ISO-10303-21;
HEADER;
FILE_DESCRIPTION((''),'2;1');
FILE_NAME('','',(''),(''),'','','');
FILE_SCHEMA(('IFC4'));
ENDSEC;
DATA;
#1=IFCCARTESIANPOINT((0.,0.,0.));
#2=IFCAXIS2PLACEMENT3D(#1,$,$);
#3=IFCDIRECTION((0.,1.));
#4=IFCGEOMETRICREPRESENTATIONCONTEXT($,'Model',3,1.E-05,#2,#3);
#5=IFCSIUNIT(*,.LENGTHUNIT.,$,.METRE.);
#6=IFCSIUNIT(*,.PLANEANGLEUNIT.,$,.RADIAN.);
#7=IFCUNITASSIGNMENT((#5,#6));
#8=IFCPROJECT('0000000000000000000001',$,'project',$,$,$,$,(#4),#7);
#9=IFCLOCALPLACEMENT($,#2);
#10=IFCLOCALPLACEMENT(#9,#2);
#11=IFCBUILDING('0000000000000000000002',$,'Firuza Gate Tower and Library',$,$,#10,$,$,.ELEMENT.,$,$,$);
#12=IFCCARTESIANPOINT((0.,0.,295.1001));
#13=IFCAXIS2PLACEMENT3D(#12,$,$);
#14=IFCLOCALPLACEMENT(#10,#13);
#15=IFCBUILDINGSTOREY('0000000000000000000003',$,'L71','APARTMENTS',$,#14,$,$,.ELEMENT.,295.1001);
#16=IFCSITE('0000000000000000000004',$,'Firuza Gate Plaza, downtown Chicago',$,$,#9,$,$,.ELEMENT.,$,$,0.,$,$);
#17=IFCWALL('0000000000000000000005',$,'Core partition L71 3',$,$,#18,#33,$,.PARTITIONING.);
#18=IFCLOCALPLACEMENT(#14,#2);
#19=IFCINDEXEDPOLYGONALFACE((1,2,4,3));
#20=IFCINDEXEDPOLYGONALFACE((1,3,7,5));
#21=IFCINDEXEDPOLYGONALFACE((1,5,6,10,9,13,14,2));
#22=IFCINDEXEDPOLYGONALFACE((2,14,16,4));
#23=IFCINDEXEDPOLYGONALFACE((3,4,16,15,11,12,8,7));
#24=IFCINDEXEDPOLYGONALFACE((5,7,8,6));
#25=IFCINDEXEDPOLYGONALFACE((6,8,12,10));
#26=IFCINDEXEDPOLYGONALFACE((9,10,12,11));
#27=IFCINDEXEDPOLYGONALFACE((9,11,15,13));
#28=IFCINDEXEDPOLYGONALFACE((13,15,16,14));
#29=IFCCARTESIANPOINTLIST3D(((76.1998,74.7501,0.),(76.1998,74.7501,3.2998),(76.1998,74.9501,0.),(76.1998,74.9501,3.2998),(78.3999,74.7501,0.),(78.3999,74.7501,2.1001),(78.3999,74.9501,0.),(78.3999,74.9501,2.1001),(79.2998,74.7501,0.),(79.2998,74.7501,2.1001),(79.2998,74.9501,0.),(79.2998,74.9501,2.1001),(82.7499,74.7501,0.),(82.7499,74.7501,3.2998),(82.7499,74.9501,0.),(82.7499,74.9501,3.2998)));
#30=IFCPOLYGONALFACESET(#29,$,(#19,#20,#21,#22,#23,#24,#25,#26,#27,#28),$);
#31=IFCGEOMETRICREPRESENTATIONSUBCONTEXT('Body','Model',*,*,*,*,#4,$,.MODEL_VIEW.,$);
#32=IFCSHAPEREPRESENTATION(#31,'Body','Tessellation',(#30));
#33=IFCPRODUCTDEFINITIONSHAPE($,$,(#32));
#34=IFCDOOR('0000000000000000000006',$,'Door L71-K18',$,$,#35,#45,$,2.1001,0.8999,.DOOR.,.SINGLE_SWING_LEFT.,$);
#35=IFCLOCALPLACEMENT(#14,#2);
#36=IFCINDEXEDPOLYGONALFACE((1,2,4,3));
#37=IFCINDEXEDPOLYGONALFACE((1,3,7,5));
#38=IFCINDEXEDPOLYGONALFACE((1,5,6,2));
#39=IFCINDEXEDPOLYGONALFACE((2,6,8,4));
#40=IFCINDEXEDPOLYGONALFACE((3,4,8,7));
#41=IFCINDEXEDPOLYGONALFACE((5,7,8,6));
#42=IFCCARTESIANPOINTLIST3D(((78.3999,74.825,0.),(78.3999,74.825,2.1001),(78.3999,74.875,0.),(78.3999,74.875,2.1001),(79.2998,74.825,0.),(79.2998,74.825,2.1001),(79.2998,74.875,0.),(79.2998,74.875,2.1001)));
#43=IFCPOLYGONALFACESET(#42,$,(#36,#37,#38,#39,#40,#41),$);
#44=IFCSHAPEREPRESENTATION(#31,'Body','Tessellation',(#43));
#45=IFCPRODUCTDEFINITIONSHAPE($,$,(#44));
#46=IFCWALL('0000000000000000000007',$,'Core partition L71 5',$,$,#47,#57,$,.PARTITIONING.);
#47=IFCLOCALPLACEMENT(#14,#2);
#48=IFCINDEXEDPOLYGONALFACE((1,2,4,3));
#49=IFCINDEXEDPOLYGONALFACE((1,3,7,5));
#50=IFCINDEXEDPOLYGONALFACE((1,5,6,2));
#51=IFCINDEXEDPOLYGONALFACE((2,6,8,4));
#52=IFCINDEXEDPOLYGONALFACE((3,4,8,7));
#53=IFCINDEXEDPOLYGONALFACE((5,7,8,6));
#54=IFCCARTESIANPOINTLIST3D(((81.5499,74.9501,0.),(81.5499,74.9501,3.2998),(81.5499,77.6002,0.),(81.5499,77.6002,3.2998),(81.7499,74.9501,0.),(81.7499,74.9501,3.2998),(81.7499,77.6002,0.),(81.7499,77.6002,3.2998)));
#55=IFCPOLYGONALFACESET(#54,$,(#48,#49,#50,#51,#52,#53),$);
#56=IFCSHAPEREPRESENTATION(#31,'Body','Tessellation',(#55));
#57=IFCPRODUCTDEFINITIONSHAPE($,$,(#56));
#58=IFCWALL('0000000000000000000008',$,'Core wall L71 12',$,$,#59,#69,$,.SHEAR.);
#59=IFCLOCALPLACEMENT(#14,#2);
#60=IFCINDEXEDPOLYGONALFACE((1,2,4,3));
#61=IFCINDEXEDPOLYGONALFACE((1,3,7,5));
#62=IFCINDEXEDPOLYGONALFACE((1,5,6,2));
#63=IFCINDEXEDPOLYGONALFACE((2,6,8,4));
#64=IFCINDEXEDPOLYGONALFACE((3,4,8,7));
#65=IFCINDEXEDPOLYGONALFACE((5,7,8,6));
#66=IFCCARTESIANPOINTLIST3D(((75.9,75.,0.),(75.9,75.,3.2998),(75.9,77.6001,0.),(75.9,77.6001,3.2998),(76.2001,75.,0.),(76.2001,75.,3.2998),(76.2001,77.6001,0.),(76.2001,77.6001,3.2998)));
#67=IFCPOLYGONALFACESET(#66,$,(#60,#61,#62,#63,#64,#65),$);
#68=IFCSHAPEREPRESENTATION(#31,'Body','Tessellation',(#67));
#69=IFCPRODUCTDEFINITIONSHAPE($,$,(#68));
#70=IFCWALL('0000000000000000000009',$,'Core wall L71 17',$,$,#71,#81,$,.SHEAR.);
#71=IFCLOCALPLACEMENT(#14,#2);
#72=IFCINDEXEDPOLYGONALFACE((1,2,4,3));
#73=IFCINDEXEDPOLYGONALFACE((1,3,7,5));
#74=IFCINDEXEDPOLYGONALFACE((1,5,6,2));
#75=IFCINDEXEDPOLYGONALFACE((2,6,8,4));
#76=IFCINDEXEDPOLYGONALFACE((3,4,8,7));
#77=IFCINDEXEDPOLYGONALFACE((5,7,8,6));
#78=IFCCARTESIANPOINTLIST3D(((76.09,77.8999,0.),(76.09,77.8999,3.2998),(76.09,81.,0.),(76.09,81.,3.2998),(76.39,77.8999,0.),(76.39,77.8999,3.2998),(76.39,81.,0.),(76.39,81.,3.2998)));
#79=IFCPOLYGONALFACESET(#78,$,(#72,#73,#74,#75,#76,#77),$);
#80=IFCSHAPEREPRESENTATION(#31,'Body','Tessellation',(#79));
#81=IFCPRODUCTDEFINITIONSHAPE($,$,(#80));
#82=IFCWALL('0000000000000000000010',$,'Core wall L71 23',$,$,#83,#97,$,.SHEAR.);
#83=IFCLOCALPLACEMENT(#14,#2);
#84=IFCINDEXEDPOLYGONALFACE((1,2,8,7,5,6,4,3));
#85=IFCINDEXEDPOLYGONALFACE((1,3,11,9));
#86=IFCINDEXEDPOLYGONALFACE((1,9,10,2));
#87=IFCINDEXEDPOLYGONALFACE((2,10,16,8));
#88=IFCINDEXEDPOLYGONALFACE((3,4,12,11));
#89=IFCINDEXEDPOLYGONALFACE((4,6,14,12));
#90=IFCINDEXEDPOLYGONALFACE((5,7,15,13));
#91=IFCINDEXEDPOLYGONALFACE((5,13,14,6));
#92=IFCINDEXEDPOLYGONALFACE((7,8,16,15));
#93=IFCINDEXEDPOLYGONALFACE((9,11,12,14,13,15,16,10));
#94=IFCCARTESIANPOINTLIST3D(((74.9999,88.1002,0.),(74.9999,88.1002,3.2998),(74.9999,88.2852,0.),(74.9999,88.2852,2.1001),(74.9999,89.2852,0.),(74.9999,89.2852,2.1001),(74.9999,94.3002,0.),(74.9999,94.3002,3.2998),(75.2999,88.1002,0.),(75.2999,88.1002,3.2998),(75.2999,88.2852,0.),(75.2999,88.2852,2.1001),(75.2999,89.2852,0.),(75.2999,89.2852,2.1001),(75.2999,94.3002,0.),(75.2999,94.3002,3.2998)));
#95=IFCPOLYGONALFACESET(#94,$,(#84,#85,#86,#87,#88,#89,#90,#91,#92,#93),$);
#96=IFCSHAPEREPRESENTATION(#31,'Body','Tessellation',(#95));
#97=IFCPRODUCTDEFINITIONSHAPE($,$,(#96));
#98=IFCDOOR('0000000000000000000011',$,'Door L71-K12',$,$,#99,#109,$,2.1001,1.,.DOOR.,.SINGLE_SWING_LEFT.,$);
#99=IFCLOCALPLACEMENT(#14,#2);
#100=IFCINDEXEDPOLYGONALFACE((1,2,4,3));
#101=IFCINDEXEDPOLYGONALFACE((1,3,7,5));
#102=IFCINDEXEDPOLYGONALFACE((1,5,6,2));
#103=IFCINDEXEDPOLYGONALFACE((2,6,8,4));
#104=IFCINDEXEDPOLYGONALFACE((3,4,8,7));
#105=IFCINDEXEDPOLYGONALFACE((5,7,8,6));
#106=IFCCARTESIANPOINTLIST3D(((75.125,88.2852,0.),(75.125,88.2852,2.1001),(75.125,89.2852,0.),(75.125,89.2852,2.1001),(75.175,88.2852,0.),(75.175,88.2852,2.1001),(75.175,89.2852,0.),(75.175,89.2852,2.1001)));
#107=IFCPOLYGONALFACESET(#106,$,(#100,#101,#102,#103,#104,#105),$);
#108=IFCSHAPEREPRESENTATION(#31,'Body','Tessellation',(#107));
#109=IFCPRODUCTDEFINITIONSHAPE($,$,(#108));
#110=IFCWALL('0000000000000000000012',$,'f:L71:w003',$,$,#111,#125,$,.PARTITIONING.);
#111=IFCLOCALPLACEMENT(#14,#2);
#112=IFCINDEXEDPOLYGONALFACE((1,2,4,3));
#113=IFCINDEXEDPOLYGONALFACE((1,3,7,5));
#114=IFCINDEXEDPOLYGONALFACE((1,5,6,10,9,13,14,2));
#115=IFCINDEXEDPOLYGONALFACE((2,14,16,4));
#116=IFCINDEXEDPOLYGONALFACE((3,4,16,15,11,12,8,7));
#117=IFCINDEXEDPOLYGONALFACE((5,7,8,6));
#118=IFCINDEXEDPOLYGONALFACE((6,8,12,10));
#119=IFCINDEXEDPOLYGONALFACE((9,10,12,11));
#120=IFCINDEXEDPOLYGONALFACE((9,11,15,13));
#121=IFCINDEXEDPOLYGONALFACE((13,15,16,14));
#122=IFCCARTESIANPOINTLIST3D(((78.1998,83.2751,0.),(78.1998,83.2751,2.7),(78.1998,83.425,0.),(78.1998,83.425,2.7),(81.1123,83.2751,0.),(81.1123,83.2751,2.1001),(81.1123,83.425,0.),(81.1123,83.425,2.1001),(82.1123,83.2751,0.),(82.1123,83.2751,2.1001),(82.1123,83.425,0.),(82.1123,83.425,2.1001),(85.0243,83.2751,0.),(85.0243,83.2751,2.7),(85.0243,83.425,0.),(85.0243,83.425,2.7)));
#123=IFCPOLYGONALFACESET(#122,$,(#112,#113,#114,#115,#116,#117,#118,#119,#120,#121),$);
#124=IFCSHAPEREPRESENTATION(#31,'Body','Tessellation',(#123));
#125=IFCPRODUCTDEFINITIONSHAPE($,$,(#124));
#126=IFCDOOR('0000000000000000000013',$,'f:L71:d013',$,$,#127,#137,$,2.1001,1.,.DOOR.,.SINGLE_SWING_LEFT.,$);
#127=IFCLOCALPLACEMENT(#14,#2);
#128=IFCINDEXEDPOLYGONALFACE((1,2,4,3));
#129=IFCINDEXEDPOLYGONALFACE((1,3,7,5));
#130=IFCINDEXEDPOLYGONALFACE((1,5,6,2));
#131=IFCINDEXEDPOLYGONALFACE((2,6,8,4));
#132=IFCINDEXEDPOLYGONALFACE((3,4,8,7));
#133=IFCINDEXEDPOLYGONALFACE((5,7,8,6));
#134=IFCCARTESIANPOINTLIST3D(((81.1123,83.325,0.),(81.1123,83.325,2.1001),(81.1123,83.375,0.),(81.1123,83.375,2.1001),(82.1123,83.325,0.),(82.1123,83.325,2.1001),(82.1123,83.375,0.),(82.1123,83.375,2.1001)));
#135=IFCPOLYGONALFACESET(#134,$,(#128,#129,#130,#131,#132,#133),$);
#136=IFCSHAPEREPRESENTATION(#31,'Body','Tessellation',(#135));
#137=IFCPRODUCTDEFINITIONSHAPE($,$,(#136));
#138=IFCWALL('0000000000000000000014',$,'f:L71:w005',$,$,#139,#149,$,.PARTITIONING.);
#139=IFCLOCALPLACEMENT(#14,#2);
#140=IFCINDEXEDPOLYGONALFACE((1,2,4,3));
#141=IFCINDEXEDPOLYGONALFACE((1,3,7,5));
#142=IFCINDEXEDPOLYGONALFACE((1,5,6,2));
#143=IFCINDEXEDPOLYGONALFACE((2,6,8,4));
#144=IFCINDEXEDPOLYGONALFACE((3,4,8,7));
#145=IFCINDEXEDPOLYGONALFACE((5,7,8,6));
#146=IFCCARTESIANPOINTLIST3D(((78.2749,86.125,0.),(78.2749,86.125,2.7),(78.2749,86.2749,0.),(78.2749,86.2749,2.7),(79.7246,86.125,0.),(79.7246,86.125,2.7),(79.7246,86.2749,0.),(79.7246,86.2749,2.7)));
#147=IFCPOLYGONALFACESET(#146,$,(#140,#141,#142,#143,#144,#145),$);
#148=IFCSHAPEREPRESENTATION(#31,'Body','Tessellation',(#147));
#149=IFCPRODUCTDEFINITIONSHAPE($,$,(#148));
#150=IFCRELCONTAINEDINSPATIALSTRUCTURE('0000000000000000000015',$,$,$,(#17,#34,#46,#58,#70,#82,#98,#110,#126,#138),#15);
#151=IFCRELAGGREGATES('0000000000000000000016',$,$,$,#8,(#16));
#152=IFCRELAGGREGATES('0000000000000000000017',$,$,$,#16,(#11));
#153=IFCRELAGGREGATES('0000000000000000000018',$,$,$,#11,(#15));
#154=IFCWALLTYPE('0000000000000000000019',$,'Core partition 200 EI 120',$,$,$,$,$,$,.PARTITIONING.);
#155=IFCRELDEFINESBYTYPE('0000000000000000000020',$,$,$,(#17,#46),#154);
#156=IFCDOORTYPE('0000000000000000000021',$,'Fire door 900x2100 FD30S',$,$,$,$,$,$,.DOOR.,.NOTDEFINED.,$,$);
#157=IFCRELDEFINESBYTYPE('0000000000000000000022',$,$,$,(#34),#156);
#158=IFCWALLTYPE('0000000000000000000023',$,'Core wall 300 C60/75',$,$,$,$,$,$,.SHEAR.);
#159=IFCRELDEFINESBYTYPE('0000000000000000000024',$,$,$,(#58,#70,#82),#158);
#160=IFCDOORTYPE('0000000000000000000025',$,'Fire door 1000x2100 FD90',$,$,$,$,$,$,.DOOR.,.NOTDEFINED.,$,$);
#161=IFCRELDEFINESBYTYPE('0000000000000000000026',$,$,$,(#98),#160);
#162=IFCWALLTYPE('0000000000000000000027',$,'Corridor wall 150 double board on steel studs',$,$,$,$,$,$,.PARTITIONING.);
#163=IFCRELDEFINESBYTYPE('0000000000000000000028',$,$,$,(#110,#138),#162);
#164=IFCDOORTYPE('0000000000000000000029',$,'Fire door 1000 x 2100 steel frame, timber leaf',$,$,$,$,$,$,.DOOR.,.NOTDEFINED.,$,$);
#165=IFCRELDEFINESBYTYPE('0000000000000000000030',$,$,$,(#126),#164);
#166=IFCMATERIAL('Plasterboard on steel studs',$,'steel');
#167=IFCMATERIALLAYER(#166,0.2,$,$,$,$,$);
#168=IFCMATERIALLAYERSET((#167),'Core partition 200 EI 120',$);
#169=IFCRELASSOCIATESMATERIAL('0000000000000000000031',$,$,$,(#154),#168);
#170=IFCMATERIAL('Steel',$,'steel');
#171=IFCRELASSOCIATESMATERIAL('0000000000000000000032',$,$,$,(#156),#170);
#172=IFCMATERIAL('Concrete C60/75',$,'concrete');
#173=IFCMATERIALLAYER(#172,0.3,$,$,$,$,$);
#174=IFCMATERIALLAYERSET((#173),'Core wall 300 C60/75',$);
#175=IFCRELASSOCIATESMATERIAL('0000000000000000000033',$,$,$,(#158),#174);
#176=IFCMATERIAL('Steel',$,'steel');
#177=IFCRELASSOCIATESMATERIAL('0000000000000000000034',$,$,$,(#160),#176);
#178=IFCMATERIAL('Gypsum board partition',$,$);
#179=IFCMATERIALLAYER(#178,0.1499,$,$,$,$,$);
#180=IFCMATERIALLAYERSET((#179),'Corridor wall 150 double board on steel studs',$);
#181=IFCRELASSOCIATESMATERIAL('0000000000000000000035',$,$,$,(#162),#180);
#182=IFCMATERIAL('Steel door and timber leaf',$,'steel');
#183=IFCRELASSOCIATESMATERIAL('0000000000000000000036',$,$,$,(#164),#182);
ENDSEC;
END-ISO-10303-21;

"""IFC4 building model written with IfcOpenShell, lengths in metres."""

from ifc_helpers import new_model, si_unit, direction, frame, frame_2d, origin, place, context, subcontext, project, spatial, rectangle, extrude, material, layer, layer_set, type_object, element, fill, save


model = new_model("IFC4")

# Units and contexts
model_context = context("Model", 3, precision=1e-05, world=origin(), true_north=direction((0.0, 1.0)))
body_context = subcontext(model_context, "Body", "Model", "MODEL_VIEW")
ifc_project = project(units=[si_unit("LENGTHUNIT", "METRE"), si_unit("PLANEANGLEUNIT", "RADIAN")], contexts=[model_context])

# Site, building, storey
site_placement = place(None, origin())
site = spatial("IfcSite", under=ifc_project, at=site_placement, Name="Firuza Gate Plaza, downtown Chicago", CompositionType="ELEMENT", RefElevation=0.0)
building_placement = place(site_placement, origin())
building = spatial("IfcBuilding", under=site, at=building_placement, Name="Firuza Gate Tower and Library", CompositionType="ELEMENT")
storey_placement = place(building_placement, frame((0.0, 0.0, 295.1001)))
storey = spatial("IfcBuildingStorey", under=building, at=storey_placement, Name="L71", Description="APARTMENTS", CompositionType="ELEMENT", Elevation=295.1001)

# Wall, opening, door
ifc_material_1 = material(Name="Plasterboard on steel studs", Category="steel")
ifc_layer_1 = layer(ifc_material_1, 0.2)
ifc_layer_set_1 = layer_set([ifc_layer_1], Name="Core partition 200 EI 120")
wall_type_1 = type_object("IfcWallType", Name="Core partition 200 EI 120", PredefinedType="PARTITIONING", material=ifc_layer_set_1)
wall_1_placement = place(storey_placement, frame((76.2, 74.8501, 0.0), z_axis=(0.0, 0.0, 1.0), x_axis=(1.0, 0.0, 0.0)))
wall_1 = element("IfcWall", 1, at=wall_1_placement, inside=storey, type_object=wall_type_1, Name="Core partition L71 3", PredefinedType="PARTITIONING", context=body_context, shape_type="SweptSolid", body=[
    extrude(rectangle(XDim=6.55, YDim=0.2, at=frame_2d((3.2749, 0.0))), origin(), (0.0, 0.0, 1.0), 3.2998),
])
opening_1_placement = place(wall_1_placement, frame((2.2, 0.0, 0.0)))
opening_1 = element("IfcOpeningElement", 2, at=opening_1_placement, cuts=wall_1, PredefinedType="OPENING", context=body_context, shape_type="SweptSolid", body=[
    extrude(rectangle(XDim=0.8999, YDim=2.1001, at=frame_2d((0.45, 1.05))), frame((0.0, 0.1099, 0.0), z_axis=(0.0, -1.0, 0.0), x_axis=(1.0, 0.0, 0.0)), (0.0, 0.0, 1.0), 0.22),
])
ifc_material_2 = material(Name="Steel", Category="steel")
door_type_1 = type_object("IfcDoorType", Name="Fire door 900x2100 FD30S", OperationType="NOTDEFINED", PredefinedType="DOOR", material=ifc_material_2)
door_1_placement = place(opening_1_placement, origin())
door_1 = element("IfcDoor", 3, at=door_1_placement, inside=storey, type_object=door_type_1, Name="Door L71-K18", OperationType="SINGLE_SWING_LEFT", OverallHeight=2.1001, OverallWidth=0.8999, PredefinedType="DOOR", context=body_context, shape_type="SweptSolid", body=[
    extrude(rectangle(XDim=0.8999, YDim=2.1001, at=frame_2d((0.45, 1.05))), frame((0.0, 0.0249, 0.0), z_axis=(0.0, -1.0, 0.0), x_axis=(1.0, 0.0, 0.0)), (0.0, 0.0, 1.0), 0.05),
])
fill(opening_1, door_1)

# Walls
wall_2_placement = place(storey_placement, frame((81.6499, 74.95, 0.0), z_axis=(0.0, 0.0, 1.0), x_axis=(0.0, 1.0, 0.0)))
element("IfcWall", 4, at=wall_2_placement, inside=storey, type_object=wall_type_1, Name="Core partition L71 5", PredefinedType="PARTITIONING", context=body_context, shape_type="SweptSolid", body=[
    extrude(rectangle(XDim=2.6501, YDim=0.2, at=frame_2d((1.3252, 0.0))), origin(), (0.0, 0.0, 1.0), 3.2998),
])
ifc_material_3 = material(Name="Concrete C60/75", Category="concrete")
ifc_layer_2 = layer(ifc_material_3, 0.3)
ifc_layer_set_2 = layer_set([ifc_layer_2], Name="Core wall 300 C60/75")
wall_type_2 = type_object("IfcWallType", Name="Core wall 300 C60/75", PredefinedType="SHEAR", material=ifc_layer_set_2)
wall_3_placement = place(storey_placement, frame((76.05, 75.0, 0.0), z_axis=(0.0, 0.0, 1.0), x_axis=(0.0, 1.0, 0.0)))
element("IfcWall", 5, at=wall_3_placement, inside=storey, type_object=wall_type_2, Name="Core wall L71 12", PredefinedType="SHEAR", context=body_context, shape_type="SweptSolid", body=[
    extrude(rectangle(XDim=2.6001, YDim=0.3, at=frame_2d((1.3, 0.0))), origin(), (0.0, 0.0, 1.0), 3.2998),
])
wall_4_placement = place(storey_placement, frame((76.24, 77.8999, 0.0), z_axis=(0.0, 0.0, 1.0), x_axis=(0.0, 1.0, 0.0)))
element("IfcWall", 6, at=wall_4_placement, inside=storey, type_object=wall_type_2, Name="Core wall L71 17", PredefinedType="SHEAR", context=body_context, shape_type="SweptSolid", body=[
    extrude(rectangle(XDim=3.1001, YDim=0.3, at=frame_2d((1.55, 0.0))), origin(), (0.0, 0.0, 1.0), 3.2998),
])

# Walls, openings, doors
wall_5_placement = place(storey_placement, frame((75.1499, 88.1001, 0.0), z_axis=(0.0, 0.0, 1.0), x_axis=(0.0, 1.0, 0.0)))
wall_5 = element("IfcWall", 7, at=wall_5_placement, inside=storey, type_object=wall_type_2, Name="Core wall L71 23", PredefinedType="SHEAR", context=body_context, shape_type="SweptSolid", body=[
    extrude(rectangle(XDim=6.2, YDim=0.3, at=frame_2d((3.1001, 0.0))), origin(), (0.0, 0.0, 1.0), 3.2998),
])
opening_2_placement = place(wall_5_placement, frame((0.1851, 0.0, 0.0)))
opening_2 = element("IfcOpeningElement", 8, at=opening_2_placement, cuts=wall_5, PredefinedType="OPENING", context=body_context, shape_type="SweptSolid", body=[
    extrude(rectangle(XDim=1.0, YDim=2.1001, at=frame_2d((0.5, 1.05))), frame((0.0, 0.1602, 0.0), z_axis=(0.0, -1.0, 0.0), x_axis=(1.0, 0.0, 0.0)), (0.0, 0.0, 1.0), 0.3201),
])
ifc_material_4 = material(Name="Steel", Category="steel")
door_type_2 = type_object("IfcDoorType", Name="Fire door 1000x2100 FD90", OperationType="NOTDEFINED", PredefinedType="DOOR", material=ifc_material_4)
door_2_placement = place(opening_2_placement, origin())
door_2 = element("IfcDoor", 9, at=door_2_placement, inside=storey, type_object=door_type_2, Name="Door L71-K12", OperationType="SINGLE_SWING_LEFT", OverallHeight=2.1001, OverallWidth=1.0, PredefinedType="DOOR", context=body_context, shape_type="SweptSolid", body=[
    extrude(rectangle(XDim=1.0, YDim=2.1001, at=frame_2d((0.5, 1.05))), frame((0.0, 0.0249, 0.0), z_axis=(0.0, -1.0, 0.0), x_axis=(1.0, 0.0, 0.0)), (0.0, 0.0, 1.0), 0.05),
])
fill(opening_2, door_2)
ifc_material_5 = material(Name="Gypsum board partition")
ifc_layer_3 = layer(ifc_material_5, 0.1499)
ifc_layer_set_3 = layer_set([ifc_layer_3], Name="Corridor wall 150 double board on steel studs")
wall_type_3 = type_object("IfcWallType", Name="Corridor wall 150 double board on steel studs", PredefinedType="PARTITIONING", material=ifc_layer_set_3)
wall_6_placement = place(storey_placement, frame((78.2, 83.3501, 0.0), z_axis=(0.0, 0.0, 1.0), x_axis=(1.0, 0.0, 0.0)))
wall_6 = element("IfcWall", 10, at=wall_6_placement, inside=storey, type_object=wall_type_3, Name="f:L71:w003", PredefinedType="PARTITIONING", context=body_context, shape_type="SweptSolid", body=[
    extrude(rectangle(XDim=6.8245, YDim=0.1499, at=frame_2d((3.4121, 0.0))), origin(), (0.0, 0.0, 1.0), 2.7),
])
opening_3_placement = place(wall_6_placement, frame((2.9124, 0.0, 0.0)))
opening_3 = element("IfcOpeningElement", 11, at=opening_3_placement, cuts=wall_6, PredefinedType="OPENING", context=body_context, shape_type="SweptSolid", body=[
    extrude(rectangle(XDim=1.0, YDim=2.1001, at=frame_2d((0.5, 1.05))), frame((0.0, 0.085, 0.0), z_axis=(0.0, -1.0, 0.0), x_axis=(1.0, 0.0, 0.0)), (0.0, 0.0, 1.0), 0.1699),
])
ifc_material_6 = material(Name="Steel door and timber leaf", Category="steel")
door_type_3 = type_object("IfcDoorType", Name="Fire door 1000 x 2100 steel frame, timber leaf", OperationType="NOTDEFINED", PredefinedType="DOOR", material=ifc_material_6)
door_3_placement = place(opening_3_placement, origin())
door_3 = element("IfcDoor", 12, at=door_3_placement, inside=storey, type_object=door_type_3, Name="f:L71:d013", OperationType="SINGLE_SWING_LEFT", OverallHeight=2.1001, OverallWidth=1.0, PredefinedType="DOOR", context=body_context, shape_type="SweptSolid", body=[
    extrude(rectangle(XDim=1.0, YDim=2.1001, at=frame_2d((0.5, 1.05))), frame((0.0, 0.0249, 0.0), z_axis=(0.0, -1.0, 0.0), x_axis=(1.0, 0.0, 0.0)), (0.0, 0.0, 1.0), 0.05),
])
fill(opening_3, door_3)

# Wall
wall_7_placement = place(storey_placement, frame((78.2749, 86.2, 0.0), z_axis=(0.0, 0.0, 1.0), x_axis=(1.0, 0.0, 0.0)))
element("IfcWall", 13, at=wall_7_placement, inside=storey, type_object=wall_type_3, Name="f:L71:w005", PredefinedType="PARTITIONING", context=body_context, shape_type="SweptSolid", body=[
    extrude(rectangle(XDim=1.4497, YDim=0.1499, at=frame_2d((0.7249, 0.0))), origin(), (0.0, 0.0, 1.0), 2.7),
])

save(model, "model.ifc")
